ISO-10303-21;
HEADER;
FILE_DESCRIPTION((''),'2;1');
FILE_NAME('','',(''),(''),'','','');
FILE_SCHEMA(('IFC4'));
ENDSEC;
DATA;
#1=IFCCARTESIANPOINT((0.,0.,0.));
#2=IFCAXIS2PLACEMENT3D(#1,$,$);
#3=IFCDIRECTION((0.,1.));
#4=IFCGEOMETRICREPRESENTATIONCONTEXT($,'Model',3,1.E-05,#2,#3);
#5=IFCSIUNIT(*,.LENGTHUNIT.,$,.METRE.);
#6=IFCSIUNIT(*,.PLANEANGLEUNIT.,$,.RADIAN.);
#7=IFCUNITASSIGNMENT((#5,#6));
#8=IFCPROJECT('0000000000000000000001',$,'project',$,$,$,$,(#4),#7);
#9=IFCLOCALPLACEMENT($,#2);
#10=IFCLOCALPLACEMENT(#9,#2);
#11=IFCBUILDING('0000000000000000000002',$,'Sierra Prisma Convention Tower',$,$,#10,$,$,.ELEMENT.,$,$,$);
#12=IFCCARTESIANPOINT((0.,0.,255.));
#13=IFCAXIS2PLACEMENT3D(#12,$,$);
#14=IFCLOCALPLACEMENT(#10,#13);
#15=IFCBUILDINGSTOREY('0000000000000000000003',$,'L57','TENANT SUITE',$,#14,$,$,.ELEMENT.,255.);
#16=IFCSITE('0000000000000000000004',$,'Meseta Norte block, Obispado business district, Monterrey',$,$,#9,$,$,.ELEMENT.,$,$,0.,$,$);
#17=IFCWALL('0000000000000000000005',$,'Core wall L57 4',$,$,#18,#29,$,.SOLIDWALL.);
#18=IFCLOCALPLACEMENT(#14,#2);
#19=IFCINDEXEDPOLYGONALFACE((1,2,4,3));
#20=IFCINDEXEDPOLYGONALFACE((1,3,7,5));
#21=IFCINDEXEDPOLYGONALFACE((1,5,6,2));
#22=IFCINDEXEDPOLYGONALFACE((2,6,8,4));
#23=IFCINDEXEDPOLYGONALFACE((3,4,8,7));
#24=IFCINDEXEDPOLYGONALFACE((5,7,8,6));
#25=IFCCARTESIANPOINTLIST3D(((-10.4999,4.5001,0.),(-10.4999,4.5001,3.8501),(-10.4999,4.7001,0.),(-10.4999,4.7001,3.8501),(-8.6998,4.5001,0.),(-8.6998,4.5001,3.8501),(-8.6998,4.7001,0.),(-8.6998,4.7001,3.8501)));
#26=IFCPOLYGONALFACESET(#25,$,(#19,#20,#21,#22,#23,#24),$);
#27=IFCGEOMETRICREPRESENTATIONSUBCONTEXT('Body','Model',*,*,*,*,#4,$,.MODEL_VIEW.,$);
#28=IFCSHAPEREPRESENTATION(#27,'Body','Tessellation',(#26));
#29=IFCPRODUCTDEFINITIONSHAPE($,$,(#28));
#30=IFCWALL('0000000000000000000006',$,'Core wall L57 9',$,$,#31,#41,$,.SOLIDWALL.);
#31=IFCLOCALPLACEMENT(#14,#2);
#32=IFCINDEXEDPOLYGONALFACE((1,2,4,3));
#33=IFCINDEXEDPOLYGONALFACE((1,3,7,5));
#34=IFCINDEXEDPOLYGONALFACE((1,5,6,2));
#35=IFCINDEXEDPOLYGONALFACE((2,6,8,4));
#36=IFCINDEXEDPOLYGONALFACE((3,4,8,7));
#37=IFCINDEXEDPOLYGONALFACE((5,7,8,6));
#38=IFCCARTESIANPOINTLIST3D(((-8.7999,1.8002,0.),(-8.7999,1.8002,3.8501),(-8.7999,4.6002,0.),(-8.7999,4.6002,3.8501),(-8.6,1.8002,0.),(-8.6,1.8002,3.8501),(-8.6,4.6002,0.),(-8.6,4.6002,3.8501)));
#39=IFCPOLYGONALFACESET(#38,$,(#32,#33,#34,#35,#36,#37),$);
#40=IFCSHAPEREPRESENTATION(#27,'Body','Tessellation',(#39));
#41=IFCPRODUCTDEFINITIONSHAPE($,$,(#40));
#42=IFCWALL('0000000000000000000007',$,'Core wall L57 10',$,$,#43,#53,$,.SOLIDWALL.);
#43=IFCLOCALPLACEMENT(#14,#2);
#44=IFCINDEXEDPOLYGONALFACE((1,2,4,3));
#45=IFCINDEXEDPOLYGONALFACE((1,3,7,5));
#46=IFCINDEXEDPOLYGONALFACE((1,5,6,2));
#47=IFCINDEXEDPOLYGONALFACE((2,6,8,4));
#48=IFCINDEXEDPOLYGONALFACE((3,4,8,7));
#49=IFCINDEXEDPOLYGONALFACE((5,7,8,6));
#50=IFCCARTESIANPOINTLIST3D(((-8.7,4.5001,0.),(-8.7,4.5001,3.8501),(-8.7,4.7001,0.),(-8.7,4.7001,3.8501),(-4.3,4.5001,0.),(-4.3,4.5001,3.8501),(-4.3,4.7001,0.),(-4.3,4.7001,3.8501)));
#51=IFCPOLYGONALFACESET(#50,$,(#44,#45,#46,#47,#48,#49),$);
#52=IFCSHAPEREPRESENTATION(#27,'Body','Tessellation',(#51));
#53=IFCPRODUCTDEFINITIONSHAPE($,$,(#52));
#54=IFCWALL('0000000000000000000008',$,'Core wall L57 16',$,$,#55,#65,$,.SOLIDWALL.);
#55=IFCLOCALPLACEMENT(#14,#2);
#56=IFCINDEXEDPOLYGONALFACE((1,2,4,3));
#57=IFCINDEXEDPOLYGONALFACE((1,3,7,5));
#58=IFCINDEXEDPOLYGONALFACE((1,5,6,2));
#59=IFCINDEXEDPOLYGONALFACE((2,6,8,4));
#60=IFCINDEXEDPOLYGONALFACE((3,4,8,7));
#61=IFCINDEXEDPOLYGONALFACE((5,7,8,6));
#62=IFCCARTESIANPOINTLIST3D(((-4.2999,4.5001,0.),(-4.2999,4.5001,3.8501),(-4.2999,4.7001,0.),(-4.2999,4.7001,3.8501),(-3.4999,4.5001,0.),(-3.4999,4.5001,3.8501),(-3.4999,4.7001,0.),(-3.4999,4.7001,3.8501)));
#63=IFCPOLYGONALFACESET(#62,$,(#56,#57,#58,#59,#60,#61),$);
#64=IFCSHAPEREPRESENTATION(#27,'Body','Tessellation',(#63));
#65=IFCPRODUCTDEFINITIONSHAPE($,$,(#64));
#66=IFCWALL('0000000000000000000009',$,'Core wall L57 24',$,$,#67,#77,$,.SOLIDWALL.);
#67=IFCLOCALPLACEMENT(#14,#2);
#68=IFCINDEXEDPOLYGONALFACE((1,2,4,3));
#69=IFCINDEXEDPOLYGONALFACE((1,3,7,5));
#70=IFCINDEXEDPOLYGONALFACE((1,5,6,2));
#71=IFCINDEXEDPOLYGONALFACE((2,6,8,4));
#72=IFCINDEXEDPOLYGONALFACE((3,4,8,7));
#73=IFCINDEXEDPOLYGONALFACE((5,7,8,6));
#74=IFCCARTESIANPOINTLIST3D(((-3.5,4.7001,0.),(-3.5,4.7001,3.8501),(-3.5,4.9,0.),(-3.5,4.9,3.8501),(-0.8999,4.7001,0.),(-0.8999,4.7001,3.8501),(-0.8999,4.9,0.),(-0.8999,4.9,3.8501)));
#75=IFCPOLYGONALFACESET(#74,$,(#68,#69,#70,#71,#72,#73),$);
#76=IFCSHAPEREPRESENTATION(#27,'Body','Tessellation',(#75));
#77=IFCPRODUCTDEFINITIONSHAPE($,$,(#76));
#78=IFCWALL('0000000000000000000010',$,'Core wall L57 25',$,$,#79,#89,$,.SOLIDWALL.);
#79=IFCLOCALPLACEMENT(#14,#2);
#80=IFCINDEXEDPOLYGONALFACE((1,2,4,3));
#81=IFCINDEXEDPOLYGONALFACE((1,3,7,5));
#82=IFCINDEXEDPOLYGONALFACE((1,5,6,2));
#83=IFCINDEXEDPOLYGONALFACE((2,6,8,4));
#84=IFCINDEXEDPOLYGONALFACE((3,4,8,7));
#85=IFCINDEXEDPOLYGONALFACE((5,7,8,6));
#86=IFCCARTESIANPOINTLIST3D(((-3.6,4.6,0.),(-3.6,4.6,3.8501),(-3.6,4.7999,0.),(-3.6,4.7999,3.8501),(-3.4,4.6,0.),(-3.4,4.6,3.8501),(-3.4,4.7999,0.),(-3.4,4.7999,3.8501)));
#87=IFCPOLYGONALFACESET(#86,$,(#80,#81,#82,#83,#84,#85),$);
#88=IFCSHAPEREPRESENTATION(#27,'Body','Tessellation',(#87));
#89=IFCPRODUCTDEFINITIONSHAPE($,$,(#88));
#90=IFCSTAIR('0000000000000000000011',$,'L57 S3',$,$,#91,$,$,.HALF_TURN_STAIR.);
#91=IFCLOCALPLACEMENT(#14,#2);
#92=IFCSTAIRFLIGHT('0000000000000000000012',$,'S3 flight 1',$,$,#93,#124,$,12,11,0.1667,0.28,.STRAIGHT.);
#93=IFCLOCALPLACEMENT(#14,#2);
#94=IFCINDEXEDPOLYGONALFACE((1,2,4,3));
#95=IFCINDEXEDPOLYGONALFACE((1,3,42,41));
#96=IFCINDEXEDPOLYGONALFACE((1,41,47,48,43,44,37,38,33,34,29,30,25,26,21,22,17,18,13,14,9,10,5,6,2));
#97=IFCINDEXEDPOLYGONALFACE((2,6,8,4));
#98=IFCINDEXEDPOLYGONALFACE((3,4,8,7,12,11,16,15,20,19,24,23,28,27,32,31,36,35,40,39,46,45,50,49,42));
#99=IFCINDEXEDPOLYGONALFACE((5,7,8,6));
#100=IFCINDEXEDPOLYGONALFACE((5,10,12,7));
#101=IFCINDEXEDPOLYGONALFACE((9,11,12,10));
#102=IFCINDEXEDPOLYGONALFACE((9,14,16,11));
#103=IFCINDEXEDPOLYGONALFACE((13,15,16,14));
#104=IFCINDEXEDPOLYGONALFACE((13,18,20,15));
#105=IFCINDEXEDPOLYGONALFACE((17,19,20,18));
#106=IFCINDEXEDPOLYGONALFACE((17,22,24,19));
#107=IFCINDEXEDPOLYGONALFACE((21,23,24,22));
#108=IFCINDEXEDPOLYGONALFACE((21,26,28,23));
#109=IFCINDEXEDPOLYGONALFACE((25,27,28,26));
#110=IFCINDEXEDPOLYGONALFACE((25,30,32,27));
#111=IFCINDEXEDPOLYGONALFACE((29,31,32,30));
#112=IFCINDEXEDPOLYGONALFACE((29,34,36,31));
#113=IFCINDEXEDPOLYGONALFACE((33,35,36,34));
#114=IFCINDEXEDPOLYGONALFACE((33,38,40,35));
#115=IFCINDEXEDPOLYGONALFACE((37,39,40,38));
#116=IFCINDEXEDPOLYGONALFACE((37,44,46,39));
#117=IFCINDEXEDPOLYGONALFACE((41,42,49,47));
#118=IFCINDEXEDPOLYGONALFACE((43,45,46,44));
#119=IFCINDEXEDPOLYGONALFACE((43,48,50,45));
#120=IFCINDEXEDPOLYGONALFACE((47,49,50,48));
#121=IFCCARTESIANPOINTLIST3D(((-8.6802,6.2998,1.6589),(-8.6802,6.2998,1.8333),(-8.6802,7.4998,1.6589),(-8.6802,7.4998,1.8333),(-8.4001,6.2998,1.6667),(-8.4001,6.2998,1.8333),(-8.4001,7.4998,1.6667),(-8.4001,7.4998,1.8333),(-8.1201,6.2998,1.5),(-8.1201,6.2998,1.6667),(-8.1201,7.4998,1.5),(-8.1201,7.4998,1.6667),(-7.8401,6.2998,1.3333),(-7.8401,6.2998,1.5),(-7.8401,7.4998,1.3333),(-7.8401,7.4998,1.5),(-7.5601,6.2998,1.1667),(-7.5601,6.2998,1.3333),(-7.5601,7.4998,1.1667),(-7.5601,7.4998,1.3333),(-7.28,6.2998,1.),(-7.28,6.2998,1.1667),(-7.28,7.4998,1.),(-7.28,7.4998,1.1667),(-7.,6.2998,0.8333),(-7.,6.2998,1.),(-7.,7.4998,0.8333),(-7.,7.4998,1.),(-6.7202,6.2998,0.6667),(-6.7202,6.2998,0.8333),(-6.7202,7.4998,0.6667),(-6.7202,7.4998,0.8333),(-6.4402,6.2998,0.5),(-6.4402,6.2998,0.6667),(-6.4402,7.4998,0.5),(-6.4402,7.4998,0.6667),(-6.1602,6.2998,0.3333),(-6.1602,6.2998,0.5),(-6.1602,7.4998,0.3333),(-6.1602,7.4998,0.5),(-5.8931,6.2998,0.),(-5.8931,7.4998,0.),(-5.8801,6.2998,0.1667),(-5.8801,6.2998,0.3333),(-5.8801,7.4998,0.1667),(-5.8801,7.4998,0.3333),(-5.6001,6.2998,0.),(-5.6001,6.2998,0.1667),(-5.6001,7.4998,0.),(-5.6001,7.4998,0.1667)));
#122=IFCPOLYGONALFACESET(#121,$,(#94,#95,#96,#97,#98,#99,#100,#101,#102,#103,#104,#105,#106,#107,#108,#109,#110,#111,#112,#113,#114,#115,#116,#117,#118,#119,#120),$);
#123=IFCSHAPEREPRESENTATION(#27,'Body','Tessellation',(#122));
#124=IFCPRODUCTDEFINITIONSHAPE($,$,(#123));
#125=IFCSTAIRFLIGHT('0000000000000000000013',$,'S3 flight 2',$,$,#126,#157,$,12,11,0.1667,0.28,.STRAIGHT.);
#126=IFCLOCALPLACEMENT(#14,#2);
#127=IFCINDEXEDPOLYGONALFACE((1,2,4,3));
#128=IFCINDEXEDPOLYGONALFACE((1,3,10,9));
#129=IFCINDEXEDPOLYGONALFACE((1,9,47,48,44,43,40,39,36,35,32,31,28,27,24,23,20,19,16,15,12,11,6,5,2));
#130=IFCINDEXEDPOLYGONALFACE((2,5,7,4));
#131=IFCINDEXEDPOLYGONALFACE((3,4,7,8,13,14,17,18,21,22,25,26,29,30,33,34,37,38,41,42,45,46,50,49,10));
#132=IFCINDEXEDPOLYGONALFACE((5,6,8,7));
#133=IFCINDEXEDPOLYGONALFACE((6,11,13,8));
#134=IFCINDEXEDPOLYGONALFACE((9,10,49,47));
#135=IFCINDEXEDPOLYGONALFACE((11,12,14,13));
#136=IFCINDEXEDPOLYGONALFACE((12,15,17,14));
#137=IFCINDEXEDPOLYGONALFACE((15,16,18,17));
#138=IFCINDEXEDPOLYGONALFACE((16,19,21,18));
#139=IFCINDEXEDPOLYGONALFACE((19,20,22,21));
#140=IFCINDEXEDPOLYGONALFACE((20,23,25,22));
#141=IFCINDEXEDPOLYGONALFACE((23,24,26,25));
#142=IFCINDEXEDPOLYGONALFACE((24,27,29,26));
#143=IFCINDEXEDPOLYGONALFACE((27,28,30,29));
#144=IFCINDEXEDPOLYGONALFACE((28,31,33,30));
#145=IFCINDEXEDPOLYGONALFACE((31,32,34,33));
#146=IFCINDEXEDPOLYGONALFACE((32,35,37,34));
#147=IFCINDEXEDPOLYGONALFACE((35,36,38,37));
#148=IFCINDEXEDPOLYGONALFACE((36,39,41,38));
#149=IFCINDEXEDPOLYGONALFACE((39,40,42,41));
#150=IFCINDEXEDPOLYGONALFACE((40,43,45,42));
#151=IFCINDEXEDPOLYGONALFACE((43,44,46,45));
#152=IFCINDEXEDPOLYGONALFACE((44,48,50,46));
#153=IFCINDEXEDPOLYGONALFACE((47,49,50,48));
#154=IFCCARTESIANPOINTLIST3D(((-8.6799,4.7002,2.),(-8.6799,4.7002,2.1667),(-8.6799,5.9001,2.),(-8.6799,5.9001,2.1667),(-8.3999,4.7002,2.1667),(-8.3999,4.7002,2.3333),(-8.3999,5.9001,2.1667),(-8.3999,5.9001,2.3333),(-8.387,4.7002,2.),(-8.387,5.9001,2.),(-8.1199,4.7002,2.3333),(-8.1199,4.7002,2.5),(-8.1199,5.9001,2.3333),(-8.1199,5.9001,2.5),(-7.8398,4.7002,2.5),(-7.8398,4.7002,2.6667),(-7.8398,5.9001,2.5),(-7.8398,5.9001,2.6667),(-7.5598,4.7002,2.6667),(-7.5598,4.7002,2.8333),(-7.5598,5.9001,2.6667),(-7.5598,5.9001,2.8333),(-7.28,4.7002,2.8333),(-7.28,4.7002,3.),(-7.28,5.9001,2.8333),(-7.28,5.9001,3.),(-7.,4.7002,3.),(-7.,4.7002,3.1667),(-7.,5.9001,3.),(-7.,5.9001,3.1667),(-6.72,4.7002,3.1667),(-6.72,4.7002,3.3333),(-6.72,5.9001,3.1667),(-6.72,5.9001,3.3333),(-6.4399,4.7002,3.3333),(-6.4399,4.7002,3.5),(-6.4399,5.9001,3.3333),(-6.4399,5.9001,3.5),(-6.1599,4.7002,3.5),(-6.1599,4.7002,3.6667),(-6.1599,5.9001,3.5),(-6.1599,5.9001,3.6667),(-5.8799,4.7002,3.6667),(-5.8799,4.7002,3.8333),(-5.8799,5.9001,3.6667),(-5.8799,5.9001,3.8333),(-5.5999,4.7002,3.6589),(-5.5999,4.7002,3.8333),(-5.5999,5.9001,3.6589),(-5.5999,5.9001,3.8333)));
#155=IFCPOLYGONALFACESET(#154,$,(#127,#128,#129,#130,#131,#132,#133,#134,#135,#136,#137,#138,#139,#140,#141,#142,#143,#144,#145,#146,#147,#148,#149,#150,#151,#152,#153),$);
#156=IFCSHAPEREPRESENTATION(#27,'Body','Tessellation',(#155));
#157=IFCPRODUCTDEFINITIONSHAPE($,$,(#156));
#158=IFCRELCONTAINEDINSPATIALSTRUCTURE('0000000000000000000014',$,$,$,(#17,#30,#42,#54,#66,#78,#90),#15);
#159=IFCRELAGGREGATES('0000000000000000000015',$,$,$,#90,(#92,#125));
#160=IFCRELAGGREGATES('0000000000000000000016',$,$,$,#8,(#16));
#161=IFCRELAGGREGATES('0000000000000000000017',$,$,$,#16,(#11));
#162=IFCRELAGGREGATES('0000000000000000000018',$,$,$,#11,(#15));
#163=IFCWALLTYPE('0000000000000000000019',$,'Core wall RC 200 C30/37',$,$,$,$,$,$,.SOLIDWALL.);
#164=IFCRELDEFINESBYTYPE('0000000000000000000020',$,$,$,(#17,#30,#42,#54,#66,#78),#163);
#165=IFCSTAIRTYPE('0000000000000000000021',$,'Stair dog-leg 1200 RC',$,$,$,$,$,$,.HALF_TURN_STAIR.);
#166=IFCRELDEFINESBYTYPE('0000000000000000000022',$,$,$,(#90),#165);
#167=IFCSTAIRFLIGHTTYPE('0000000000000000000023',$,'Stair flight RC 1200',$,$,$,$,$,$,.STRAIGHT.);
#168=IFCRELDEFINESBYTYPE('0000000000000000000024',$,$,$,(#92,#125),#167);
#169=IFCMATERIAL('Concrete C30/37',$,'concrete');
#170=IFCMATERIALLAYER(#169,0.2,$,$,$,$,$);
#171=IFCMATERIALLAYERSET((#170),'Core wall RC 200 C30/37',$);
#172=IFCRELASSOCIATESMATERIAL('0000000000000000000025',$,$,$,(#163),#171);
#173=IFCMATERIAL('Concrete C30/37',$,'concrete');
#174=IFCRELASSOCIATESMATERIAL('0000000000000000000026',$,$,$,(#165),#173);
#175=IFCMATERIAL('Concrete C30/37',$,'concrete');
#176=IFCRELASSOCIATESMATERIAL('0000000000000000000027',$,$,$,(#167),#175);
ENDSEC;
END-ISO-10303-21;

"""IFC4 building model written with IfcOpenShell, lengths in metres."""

from ifc_helpers import new_model, si_unit, direction, frame, frame_2d, origin, place, context, subcontext, project, spatial, polyline, rectangle, outline, extrude, material, layer, layer_set, type_object, element, aggregate, save


model = new_model("IFC4")

# Units and contexts
model_context = context("Model", 3, precision=1e-05, world=origin(), true_north=direction((0.0, 1.0)))
body_context = subcontext(model_context, "Body", "Model", "MODEL_VIEW")
ifc_project = project(units=[si_unit("LENGTHUNIT", "METRE"), si_unit("PLANEANGLEUNIT", "RADIAN")], contexts=[model_context])

# Site, building, storey
site_placement = place(None, origin())
site = spatial("IfcSite", under=ifc_project, at=site_placement, Name="Meseta Norte block, Obispado business district, Monterrey", CompositionType="ELEMENT", RefElevation=0.0)
building_placement = place(site_placement, origin())
building = spatial("IfcBuilding", under=site, at=building_placement, Name="Sierra Prisma Convention Tower", CompositionType="ELEMENT")
storey_placement = place(building_placement, frame((0.0, 0.0, 255.0)))
storey = spatial("IfcBuildingStorey", under=building, at=storey_placement, Name="L57", Description="TENANT SUITE", CompositionType="ELEMENT", Elevation=255.0)

# Walls
ifc_material_1 = material(Name="Concrete C30/37", Category="concrete")
ifc_layer = layer(ifc_material_1, 0.2)
ifc_layer_set = layer_set([ifc_layer], Name="Core wall RC 200 C30/37")
wall_type = type_object("IfcWallType", Name="Core wall RC 200 C30/37", PredefinedType="SOLIDWALL", material=ifc_layer_set)
wall_1_placement = place(storey_placement, frame((-8.7, 4.6001, 0.0), z_axis=(0.0, 0.0, 1.0), x_axis=(-1.0, 0.0, 0.0)))
element("IfcWall", 1, at=wall_1_placement, inside=storey, type_object=wall_type, Name="Core wall L57 4", PredefinedType="SOLIDWALL", context=body_context, shape_type="SweptSolid", body=[
    extrude(rectangle(XDim=1.8, YDim=0.2, at=frame_2d((0.8999, 0.0))), origin(), (0.0, 0.0, 1.0), 3.8501),
])
wall_2_placement = place(storey_placement, frame((-8.7, 4.6001, 0.0), z_axis=(0.0, 0.0, 1.0), x_axis=(0.0, -1.0, 0.0)))
element("IfcWall", 2, at=wall_2_placement, inside=storey, type_object=wall_type, Name="Core wall L57 9", PredefinedType="SOLIDWALL", context=body_context, shape_type="SweptSolid", body=[
    extrude(rectangle(XDim=2.8, YDim=0.2, at=frame_2d((1.3999, 0.0))), origin(), (0.0, 0.0, 1.0), 3.8501),
])
wall_3_placement = place(storey_placement, frame((-4.3, 4.6001, 0.0), z_axis=(0.0, 0.0, 1.0), x_axis=(-1.0, 0.0, 0.0)))
element("IfcWall", 3, at=wall_3_placement, inside=storey, type_object=wall_type, Name="Core wall L57 10", PredefinedType="SOLIDWALL", context=body_context, shape_type="SweptSolid", body=[
    extrude(rectangle(XDim=4.3999, YDim=0.2, at=frame_2d((2.2, 0.0))), origin(), (0.0, 0.0, 1.0), 3.8501),
])
wall_4_placement = place(storey_placement, frame((-3.5, 4.6001, 0.0), z_axis=(0.0, 0.0, 1.0), x_axis=(-1.0, 0.0, 0.0)))
element("IfcWall", 4, at=wall_4_placement, inside=storey, type_object=wall_type, Name="Core wall L57 16", PredefinedType="SOLIDWALL", context=body_context, shape_type="SweptSolid", body=[
    extrude(rectangle(XDim=0.8, YDim=0.2, at=frame_2d((0.3999, 0.0))), origin(), (0.0, 0.0, 1.0), 3.8501),
])

# Walls
wall_5_placement = place(storey_placement, frame((-0.8999, 4.8, 0.0), z_axis=(0.0, 0.0, 1.0), x_axis=(-1.0, 0.0, 0.0)))
element("IfcWall", 5, at=wall_5_placement, inside=storey, type_object=wall_type, Name="Core wall L57 24", PredefinedType="SOLIDWALL", context=body_context, shape_type="SweptSolid", body=[
    extrude(rectangle(XDim=2.6001, YDim=0.2, at=frame_2d((1.3, 0.0))), origin(), (0.0, 0.0, 1.0), 3.8501),
])
wall_6_placement = place(storey_placement, frame((-3.5, 4.8, 0.0), z_axis=(0.0, 0.0, 1.0), x_axis=(0.0, -1.0, 0.0)))
element("IfcWall", 6, at=wall_6_placement, inside=storey, type_object=wall_type, Name="Core wall L57 25", PredefinedType="SOLIDWALL", context=body_context, shape_type="SweptSolid", body=[
    extrude(rectangle(XDim=0.2, YDim=0.2, at=frame_2d((0.1001, 0.0))), origin(), (0.0, 0.0, 1.0), 3.8501),
])

# Stair, stair flights
ifc_material_2 = material(Name="Concrete C30/37", Category="concrete")
stair_type = type_object("IfcStairType", Name="Stair dog-leg 1200 RC", PredefinedType="HALF_TURN_STAIR", material=ifc_material_2)
stair_placement = place(storey_placement, origin())
stair = element("IfcStair", 7, at=stair_placement, inside=storey, type_object=stair_type, Name="L57 S3", PredefinedType="HALF_TURN_STAIR")
ifc_material_3 = material(Name="Concrete C30/37", Category="concrete")
stair_flight_type = type_object("IfcStairFlightType", Name="Stair flight RC 1200", PredefinedType="STRAIGHT", material=ifc_material_3)
stair_flight_1_placement = place(storey_placement, frame((-5.6001, 6.8999, 0.0), z_axis=(0.0, 0.0, 1.0), x_axis=(-1.0, 0.0, 0.0)))
stair_flight_1 = element("IfcStairFlight", 8, at=stair_flight_1_placement, type_object=stair_flight_type, Name="S3 flight 1", NumberOfRisers=12, NumberOfTreads=11, PredefinedType="STRAIGHT", RiserHeight=0.1667, TreadLength=0.28, context=body_context, shape_type="SweptSolid", body=[
    extrude(outline(polyline([(0.0, 0.0), (0.0, 0.1667), (0.28, 0.1667), (0.28, 0.3333), (0.5601, 0.3333), (0.5601, 0.5), (0.8401, 0.5), (0.8401, 0.6667), (1.1201, 0.6667), (1.1201, 0.8333), (1.3999, 0.8333), (1.3999, 1.0), (1.6799, 1.0), (1.6799, 1.1667), (1.96, 1.1667), (1.96, 1.3333), (2.24, 1.3333), (2.24, 1.5), (2.52, 1.5), (2.52, 1.6667), (2.8, 1.6667), (2.8, 1.8333), (3.0801, 1.8333), (3.0801, 2.0), (3.0801, 1.6589), (0.293, 0.0), (0.0, 0.0)])), frame((0.0, 0.6001, 0.0), z_axis=(0.0, -1.0, 0.0), x_axis=(1.0, 0.0, 0.0)), (0.0, 0.0, 1.0), 1.2),
])
stair_flight_2_placement = place(storey_placement, frame((-8.6799, 5.3, 2.0), z_axis=(0.0, 0.0, 1.0), x_axis=(1.0, 0.0, 0.0)))
stair_flight_2 = element("IfcStairFlight", 9, at=stair_flight_2_placement, type_object=stair_flight_type, Name="S3 flight 2", NumberOfRisers=12, NumberOfTreads=11, PredefinedType="STRAIGHT", RiserHeight=0.1667, TreadLength=0.28, context=body_context, shape_type="SweptSolid", body=[
    extrude(outline(polyline([(0.0, 0.0), (0.0, 0.1667), (0.28, 0.1667), (0.28, 0.3333), (0.5601, 0.3333), (0.5601, 0.5), (0.8401, 0.5), (0.8401, 0.6667), (1.1201, 0.6667), (1.1201, 0.8333), (1.3999, 0.8333), (1.3999, 1.0), (1.6799, 1.0), (1.6799, 1.1667), (1.96, 1.1667), (1.96, 1.3333), (2.24, 1.3333), (2.24, 1.5), (2.52, 1.5), (2.52, 1.6667), (2.8, 1.6667), (2.8, 1.8333), (3.0801, 1.8333), (3.0801, 2.0), (3.0801, 1.6589), (0.293, 0.0), (0.0, 0.0)])), frame((0.0, 0.6001, 0.0), z_axis=(0.0, -1.0, 0.0), x_axis=(1.0, 0.0, 0.0)), (0.0, 0.0, 1.0), 1.2),
])
aggregate(stair, [stair_flight_1, stair_flight_2])

save(model, "model.ifc")
